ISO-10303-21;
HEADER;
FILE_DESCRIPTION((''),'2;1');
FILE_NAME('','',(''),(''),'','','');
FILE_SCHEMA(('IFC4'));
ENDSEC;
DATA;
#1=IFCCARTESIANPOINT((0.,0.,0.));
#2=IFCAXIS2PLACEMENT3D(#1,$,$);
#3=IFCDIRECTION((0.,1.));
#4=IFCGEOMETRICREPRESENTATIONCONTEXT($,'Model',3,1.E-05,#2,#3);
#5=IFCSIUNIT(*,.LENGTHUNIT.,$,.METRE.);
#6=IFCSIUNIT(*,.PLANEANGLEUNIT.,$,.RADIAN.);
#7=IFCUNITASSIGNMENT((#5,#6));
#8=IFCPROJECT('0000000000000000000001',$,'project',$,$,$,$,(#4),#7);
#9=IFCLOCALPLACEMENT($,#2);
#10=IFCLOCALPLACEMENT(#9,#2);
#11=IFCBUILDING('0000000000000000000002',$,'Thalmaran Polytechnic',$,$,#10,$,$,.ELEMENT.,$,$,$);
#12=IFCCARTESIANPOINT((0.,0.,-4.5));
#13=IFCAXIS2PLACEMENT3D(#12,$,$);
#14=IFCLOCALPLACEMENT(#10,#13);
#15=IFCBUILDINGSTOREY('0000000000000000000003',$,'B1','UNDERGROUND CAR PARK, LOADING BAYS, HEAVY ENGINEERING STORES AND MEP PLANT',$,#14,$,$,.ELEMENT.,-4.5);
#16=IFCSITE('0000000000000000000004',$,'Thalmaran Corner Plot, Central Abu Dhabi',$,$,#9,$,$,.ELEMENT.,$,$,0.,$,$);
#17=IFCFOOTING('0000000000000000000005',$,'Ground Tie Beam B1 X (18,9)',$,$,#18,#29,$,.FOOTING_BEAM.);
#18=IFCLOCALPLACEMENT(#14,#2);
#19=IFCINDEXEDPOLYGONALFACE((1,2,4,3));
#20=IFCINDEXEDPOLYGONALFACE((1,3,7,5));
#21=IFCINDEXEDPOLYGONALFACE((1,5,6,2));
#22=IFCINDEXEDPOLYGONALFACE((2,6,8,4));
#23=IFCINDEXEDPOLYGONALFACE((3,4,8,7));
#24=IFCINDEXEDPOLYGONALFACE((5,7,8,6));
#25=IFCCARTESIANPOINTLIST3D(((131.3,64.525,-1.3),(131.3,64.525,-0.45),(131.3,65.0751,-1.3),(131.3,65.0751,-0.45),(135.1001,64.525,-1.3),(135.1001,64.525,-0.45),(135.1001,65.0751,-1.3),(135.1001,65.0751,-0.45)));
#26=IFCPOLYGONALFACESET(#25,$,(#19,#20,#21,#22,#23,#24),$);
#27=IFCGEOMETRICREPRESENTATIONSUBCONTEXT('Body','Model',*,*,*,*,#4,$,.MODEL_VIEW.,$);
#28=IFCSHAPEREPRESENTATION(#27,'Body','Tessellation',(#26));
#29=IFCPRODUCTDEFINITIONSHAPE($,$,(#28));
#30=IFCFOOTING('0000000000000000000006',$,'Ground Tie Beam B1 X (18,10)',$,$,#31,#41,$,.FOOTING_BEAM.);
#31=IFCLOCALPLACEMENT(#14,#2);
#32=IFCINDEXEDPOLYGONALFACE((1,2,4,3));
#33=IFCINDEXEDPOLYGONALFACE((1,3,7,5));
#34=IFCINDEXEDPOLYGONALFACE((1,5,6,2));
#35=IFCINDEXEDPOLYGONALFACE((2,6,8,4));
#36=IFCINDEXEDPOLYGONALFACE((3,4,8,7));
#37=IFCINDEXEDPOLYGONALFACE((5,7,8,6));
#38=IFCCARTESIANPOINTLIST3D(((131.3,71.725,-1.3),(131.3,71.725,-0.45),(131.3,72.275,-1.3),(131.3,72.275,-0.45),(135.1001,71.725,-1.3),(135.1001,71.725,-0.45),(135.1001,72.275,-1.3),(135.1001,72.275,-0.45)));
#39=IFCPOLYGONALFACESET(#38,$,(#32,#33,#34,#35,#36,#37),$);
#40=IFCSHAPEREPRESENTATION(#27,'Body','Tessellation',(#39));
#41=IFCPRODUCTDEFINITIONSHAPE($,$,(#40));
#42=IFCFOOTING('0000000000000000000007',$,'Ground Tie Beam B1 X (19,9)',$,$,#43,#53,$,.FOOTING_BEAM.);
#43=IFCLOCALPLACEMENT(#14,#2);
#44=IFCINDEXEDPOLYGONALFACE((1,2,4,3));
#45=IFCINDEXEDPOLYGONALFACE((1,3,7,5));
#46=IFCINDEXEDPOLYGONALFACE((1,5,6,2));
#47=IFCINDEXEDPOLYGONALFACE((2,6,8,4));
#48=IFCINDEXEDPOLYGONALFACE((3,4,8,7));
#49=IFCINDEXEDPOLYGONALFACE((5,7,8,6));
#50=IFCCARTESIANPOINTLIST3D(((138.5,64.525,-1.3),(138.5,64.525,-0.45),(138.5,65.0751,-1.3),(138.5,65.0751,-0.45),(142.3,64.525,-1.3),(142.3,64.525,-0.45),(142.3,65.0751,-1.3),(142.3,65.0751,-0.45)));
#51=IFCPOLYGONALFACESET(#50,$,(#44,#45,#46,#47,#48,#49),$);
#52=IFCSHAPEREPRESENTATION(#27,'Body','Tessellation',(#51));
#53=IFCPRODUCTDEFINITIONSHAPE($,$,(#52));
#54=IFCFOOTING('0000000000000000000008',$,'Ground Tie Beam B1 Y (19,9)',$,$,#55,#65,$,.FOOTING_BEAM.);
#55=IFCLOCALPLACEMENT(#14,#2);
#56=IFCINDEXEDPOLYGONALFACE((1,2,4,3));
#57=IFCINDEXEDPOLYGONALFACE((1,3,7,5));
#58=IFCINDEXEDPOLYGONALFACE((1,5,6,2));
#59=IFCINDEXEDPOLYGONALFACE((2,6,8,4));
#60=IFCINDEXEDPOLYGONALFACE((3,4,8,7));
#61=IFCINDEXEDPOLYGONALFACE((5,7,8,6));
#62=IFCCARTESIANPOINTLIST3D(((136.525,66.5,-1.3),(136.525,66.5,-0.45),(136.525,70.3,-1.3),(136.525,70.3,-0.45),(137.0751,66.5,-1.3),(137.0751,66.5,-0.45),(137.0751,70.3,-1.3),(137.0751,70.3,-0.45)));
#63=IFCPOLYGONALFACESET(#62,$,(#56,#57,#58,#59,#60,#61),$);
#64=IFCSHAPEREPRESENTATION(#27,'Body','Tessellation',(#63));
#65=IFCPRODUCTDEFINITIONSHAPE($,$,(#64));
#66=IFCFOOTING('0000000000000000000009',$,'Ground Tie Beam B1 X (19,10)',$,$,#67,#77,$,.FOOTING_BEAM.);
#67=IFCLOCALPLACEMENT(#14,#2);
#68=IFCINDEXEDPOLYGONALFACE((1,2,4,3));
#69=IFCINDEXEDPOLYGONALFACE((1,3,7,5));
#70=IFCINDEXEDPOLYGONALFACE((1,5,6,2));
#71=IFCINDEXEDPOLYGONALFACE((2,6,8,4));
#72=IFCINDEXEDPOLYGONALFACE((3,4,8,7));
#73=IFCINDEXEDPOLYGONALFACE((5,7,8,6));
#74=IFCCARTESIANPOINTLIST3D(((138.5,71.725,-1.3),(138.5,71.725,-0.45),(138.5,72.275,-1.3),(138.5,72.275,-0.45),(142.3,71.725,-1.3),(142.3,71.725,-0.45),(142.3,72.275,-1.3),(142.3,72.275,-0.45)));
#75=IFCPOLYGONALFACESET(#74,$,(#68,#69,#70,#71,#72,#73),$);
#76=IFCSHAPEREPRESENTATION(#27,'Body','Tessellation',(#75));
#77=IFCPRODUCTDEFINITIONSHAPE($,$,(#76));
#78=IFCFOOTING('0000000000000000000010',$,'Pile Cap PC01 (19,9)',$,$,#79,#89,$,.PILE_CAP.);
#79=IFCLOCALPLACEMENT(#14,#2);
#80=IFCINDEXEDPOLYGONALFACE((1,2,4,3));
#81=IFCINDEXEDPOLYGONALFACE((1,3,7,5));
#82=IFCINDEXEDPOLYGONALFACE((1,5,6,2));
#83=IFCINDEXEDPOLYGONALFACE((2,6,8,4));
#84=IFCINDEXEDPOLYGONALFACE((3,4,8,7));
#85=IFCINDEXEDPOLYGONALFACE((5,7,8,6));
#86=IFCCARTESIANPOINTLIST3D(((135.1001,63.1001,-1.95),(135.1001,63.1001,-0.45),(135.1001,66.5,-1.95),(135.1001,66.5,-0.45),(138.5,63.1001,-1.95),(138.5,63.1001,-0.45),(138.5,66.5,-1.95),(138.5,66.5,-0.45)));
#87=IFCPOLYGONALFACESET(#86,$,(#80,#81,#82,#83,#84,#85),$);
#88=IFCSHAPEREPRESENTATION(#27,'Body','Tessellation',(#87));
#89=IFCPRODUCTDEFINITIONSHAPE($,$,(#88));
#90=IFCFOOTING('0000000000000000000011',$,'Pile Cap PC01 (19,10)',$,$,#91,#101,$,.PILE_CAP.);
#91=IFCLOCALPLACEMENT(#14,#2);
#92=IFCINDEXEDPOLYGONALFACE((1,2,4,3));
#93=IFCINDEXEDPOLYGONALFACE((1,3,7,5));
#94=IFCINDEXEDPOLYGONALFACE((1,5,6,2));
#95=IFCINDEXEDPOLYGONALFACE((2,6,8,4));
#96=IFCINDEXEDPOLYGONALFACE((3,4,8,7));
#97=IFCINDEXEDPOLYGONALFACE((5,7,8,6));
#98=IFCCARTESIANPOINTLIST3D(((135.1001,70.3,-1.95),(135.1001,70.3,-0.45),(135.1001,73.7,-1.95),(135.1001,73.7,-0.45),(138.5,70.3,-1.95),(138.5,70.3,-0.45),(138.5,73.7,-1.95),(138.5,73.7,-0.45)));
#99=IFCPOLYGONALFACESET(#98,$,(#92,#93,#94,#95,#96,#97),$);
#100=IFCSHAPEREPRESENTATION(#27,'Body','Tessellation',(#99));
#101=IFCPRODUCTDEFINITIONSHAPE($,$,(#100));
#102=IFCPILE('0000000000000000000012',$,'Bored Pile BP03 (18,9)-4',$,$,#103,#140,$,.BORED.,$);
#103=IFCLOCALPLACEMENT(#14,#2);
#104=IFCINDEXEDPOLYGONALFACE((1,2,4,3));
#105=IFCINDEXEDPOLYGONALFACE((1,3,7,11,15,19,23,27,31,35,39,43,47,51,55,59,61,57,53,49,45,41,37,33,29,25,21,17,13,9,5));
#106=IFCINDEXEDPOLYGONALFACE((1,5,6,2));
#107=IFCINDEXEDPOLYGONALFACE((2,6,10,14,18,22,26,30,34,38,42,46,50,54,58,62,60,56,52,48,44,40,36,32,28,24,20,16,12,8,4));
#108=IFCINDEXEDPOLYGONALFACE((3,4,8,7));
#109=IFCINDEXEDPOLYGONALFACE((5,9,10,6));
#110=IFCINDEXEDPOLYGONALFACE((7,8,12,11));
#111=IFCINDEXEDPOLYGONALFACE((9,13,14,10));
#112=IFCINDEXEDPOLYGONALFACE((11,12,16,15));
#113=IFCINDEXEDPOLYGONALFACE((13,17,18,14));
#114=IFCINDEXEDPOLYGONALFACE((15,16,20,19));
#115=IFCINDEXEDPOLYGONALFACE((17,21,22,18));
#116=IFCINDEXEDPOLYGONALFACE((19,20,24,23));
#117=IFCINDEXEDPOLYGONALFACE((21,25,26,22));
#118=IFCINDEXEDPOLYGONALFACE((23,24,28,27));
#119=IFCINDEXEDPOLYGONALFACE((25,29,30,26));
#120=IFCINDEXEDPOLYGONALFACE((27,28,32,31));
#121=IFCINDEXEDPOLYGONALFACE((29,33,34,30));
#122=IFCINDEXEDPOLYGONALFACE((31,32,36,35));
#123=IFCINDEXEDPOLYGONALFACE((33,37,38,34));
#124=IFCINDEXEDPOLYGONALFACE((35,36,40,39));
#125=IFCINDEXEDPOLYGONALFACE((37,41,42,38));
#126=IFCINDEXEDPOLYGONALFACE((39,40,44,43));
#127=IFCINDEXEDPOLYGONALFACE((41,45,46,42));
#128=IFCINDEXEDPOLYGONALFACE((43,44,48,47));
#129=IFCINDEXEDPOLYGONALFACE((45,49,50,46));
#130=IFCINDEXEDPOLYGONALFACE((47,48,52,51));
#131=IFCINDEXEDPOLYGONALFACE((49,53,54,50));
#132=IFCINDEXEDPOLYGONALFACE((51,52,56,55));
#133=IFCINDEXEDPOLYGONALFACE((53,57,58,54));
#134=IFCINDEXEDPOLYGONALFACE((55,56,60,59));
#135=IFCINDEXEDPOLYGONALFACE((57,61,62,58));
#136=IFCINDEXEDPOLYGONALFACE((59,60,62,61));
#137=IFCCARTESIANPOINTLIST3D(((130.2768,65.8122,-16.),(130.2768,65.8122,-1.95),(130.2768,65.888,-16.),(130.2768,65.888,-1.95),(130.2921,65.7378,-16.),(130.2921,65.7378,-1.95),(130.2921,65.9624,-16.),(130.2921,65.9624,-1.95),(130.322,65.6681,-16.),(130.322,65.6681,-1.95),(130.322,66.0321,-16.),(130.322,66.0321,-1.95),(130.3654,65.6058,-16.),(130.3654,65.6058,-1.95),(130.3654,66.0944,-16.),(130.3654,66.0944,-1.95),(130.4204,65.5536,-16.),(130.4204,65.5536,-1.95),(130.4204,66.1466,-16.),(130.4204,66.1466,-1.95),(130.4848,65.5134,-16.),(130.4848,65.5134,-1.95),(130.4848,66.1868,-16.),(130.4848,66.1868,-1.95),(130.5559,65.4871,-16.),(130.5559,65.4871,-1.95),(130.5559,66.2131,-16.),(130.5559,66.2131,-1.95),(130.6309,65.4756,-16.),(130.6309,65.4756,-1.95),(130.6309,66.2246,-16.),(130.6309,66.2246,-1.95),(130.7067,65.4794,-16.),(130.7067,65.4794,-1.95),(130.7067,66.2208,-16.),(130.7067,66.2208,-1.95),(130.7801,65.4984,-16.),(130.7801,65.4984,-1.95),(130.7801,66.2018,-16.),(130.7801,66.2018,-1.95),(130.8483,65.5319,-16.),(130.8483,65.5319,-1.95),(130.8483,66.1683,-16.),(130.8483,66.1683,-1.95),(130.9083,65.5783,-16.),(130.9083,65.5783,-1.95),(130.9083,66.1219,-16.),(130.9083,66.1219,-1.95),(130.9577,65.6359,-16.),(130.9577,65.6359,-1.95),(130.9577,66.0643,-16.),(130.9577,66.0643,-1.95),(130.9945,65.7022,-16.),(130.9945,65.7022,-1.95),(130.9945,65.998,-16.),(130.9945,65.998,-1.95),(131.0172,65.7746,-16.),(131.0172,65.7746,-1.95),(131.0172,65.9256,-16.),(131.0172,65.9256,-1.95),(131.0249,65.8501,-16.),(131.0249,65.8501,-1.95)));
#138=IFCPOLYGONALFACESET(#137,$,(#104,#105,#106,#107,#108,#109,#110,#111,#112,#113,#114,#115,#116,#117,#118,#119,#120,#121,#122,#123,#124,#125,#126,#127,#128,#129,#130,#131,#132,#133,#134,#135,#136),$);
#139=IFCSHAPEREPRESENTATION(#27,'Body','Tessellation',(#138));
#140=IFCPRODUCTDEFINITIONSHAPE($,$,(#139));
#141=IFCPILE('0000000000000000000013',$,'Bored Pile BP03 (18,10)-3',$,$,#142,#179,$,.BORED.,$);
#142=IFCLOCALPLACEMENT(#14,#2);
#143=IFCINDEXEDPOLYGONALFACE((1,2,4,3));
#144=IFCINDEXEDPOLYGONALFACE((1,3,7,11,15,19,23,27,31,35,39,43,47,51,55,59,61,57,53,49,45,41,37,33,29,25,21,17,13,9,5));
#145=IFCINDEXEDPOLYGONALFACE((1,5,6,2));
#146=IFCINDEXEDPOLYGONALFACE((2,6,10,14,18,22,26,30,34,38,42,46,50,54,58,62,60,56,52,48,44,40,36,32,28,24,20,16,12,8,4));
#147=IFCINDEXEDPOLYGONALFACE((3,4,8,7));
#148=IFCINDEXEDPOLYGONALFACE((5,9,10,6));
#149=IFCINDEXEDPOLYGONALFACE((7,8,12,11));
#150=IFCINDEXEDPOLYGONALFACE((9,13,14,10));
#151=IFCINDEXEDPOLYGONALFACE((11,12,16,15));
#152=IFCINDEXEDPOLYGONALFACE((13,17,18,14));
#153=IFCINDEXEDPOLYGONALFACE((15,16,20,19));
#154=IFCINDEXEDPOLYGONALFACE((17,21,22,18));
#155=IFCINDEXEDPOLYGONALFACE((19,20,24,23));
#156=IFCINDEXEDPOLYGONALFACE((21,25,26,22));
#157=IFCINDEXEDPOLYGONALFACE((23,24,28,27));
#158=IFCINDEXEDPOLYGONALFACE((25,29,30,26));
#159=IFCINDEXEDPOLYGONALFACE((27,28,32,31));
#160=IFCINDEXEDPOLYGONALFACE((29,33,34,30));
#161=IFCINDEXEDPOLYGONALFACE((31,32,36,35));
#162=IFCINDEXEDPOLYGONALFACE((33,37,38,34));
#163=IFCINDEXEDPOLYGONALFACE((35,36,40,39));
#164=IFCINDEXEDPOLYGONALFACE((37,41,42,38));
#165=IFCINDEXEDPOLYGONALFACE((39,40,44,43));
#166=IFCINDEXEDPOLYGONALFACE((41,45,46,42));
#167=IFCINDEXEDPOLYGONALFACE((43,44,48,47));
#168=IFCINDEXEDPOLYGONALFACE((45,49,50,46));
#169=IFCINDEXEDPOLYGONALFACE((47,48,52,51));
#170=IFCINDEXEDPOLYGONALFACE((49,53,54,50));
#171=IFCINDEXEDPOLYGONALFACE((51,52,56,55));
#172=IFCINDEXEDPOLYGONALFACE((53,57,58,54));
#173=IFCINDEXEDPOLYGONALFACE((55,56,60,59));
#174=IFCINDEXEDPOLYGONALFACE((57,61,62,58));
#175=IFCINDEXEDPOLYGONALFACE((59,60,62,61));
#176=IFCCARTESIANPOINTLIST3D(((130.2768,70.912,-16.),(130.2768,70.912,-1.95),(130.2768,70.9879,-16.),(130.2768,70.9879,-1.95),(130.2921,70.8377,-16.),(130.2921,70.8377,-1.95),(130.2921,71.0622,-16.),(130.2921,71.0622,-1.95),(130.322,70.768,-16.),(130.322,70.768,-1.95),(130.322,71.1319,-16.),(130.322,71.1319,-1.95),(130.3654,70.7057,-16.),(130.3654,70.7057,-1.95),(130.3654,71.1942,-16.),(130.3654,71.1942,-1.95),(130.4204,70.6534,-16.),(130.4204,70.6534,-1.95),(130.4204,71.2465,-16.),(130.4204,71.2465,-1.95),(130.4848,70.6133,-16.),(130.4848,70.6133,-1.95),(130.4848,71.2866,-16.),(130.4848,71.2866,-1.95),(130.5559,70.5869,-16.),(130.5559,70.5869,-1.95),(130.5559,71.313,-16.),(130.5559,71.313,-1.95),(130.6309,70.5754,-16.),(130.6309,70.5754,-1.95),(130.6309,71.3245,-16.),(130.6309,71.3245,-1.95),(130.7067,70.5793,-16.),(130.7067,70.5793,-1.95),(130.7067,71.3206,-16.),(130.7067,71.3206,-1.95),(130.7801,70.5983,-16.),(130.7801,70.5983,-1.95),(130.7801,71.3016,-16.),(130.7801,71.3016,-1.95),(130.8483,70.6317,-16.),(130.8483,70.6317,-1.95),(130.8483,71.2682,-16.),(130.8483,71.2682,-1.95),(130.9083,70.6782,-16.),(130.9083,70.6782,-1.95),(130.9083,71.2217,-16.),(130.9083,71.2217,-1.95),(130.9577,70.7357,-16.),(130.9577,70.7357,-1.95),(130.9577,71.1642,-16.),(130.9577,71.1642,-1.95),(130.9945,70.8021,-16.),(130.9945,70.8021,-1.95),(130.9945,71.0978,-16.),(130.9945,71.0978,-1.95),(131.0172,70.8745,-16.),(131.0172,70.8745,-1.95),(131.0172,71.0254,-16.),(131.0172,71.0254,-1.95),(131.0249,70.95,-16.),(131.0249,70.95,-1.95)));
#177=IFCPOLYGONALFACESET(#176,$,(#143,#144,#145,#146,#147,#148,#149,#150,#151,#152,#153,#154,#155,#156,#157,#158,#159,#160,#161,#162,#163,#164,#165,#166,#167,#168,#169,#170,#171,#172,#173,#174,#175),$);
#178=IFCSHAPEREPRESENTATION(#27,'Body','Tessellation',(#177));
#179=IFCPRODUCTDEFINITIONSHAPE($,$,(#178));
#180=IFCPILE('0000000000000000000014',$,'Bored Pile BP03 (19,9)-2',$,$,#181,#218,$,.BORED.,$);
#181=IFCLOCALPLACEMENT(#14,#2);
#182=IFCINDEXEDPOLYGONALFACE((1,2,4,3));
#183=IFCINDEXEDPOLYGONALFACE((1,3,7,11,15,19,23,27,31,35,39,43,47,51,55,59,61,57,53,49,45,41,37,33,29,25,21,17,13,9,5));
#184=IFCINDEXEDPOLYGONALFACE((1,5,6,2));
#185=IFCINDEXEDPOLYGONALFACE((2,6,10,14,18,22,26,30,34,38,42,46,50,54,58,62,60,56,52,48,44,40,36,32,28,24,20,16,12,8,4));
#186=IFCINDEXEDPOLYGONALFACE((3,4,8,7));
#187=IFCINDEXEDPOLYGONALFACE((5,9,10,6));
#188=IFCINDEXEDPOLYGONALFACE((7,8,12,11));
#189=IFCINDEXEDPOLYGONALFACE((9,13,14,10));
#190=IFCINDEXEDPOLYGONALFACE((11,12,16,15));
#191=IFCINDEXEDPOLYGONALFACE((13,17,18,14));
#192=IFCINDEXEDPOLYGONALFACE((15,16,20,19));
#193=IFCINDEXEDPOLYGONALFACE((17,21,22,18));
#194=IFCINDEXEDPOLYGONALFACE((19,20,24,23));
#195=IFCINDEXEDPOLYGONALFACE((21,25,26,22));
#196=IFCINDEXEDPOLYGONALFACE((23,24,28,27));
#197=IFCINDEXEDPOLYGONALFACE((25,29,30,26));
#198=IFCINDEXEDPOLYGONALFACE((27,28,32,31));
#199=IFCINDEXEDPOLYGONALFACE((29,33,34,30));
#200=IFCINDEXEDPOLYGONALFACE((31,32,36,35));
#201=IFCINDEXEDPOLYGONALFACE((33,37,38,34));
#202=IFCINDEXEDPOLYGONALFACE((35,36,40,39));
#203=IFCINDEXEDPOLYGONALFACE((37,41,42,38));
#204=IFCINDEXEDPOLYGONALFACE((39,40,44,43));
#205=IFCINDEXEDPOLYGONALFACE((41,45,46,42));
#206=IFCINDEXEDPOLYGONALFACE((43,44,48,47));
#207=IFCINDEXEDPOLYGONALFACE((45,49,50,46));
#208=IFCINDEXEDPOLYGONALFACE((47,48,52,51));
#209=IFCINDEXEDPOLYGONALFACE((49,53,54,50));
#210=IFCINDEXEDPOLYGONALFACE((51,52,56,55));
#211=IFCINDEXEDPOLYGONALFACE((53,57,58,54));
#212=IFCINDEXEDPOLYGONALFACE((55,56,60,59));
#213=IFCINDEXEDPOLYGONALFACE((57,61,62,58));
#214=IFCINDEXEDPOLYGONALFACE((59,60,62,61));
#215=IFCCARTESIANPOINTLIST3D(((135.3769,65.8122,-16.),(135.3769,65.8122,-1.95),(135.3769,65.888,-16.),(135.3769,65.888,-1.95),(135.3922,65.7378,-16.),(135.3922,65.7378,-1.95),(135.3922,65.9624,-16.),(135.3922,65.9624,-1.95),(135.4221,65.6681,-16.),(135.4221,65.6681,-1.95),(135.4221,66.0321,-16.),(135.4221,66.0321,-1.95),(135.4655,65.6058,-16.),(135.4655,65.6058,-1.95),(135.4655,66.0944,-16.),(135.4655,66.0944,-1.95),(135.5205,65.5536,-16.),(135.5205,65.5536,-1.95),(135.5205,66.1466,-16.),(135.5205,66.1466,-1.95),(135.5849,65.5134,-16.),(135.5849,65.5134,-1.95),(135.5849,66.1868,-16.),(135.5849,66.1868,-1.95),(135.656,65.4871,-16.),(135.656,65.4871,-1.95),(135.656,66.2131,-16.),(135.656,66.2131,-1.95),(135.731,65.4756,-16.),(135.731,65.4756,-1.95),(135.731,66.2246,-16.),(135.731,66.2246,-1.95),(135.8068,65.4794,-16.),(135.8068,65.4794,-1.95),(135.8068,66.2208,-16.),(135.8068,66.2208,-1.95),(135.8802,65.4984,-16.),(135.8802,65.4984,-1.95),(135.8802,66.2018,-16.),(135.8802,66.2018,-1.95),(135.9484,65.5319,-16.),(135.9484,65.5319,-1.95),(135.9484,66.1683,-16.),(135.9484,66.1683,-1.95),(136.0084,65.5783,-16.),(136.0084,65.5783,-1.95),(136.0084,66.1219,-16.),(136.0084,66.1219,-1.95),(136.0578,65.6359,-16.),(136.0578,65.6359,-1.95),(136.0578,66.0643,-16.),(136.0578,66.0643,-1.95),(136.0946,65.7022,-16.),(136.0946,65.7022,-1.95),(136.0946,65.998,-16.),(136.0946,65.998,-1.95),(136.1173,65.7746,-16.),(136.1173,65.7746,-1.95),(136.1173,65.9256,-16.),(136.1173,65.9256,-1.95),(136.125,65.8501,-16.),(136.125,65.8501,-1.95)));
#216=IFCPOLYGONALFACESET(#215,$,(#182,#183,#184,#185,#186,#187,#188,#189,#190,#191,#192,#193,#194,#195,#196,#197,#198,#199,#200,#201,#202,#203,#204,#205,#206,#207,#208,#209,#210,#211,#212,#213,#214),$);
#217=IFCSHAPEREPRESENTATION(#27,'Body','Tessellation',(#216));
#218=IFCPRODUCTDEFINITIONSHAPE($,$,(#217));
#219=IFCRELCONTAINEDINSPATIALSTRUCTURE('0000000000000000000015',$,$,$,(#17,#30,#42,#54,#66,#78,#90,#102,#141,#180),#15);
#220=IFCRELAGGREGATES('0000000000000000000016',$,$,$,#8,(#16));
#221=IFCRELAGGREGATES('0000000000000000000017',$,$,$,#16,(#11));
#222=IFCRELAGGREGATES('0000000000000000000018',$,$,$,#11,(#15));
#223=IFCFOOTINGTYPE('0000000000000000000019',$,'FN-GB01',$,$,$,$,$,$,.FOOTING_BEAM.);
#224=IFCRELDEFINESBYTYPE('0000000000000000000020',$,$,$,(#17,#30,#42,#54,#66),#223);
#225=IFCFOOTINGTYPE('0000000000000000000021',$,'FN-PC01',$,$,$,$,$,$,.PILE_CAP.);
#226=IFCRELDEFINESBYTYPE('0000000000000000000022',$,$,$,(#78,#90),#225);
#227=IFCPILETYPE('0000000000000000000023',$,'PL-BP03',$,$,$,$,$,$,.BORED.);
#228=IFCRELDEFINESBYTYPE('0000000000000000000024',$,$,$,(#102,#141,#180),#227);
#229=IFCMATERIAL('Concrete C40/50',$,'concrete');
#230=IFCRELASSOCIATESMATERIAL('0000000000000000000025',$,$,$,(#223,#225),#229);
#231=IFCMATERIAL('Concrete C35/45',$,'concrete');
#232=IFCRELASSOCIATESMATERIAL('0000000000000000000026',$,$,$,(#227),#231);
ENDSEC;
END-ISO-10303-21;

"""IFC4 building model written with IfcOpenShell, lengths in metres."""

from ifc_helpers import new_model, si_unit, direction, frame, origin, origin_2d, place, context, subcontext, project, spatial, rectangle, circle, extrude, material, material_profile, profile_set, type_object, element, save


model = new_model("IFC4")

# Units and contexts
model_context = context("Model", 3, precision=1e-05, world=origin(), true_north=direction((0.0, 1.0)))
body_context = subcontext(model_context, "Body", "Model", "MODEL_VIEW")
ifc_project = project(units=[si_unit("LENGTHUNIT", "METRE"), si_unit("PLANEANGLEUNIT", "RADIAN")], contexts=[model_context])

# Site, building, storey
site_placement = place(None, origin())
site = spatial("IfcSite", under=ifc_project, at=site_placement, Name="Thalmaran Corner Plot, Central Abu Dhabi", CompositionType="ELEMENT", RefElevation=0.0)
building_placement = place(site_placement, origin())
building = spatial("IfcBuilding", under=site, at=building_placement, Name="Thalmaran Polytechnic", CompositionType="ELEMENT")
storey_placement = place(building_placement, frame((0.0, 0.0, -4.5)))
storey = spatial("IfcBuildingStorey", under=building, at=storey_placement, Name="B1", Description="UNDERGROUND CAR PARK, LOADING BAYS, HEAVY ENGINEERING STORES AND MEP PLANT", CompositionType="ELEMENT", Elevation=-4.5)

# Footings
ifc_material_1 = material(Name="Concrete C40/50", Category="concrete")
ifc_material_profile_1 = material_profile(ifc_material_1, rectangle(XDim=0.55, YDim=0.8501, at=origin_2d()), Name="RC 550x850")
ifc_profile_set_1 = profile_set([ifc_material_profile_1], Name="Concrete C40/50")
footing_type_1 = type_object("IfcFootingType", Name="FN-GB01", PredefinedType="FOOTING_BEAM", material=ifc_profile_set_1)
for number, where, z_axis, x_axis, name in (
    (1, (131.3, 64.8, -0.875), (1.0, 0.0, 0.0), (0.0, 1.0, 0.0), "Ground Tie Beam B1 X (18,9)"),
    (2, (131.3, 72.0, -0.875), (1.0, 0.0, 0.0), (0.0, 1.0, 0.0), "Ground Tie Beam B1 X (18,10)"),
    (3, (138.5, 64.8, -0.875), (1.0, 0.0, 0.0), (0.0, 1.0, 0.0), "Ground Tie Beam B1 X (19,9)"),
    (4, (136.8, 66.5, -0.875), (0.0, 1.0, 0.0), (-1.0, 0.0, 0.0), "Ground Tie Beam B1 Y (19,9)"),
    (5, (138.5, 72.0, -0.875), (1.0, 0.0, 0.0), (0.0, 1.0, 0.0), "Ground Tie Beam B1 X (19,10)"),
):
    element("IfcFooting", number, at=place(storey_placement, frame(where, z_axis=z_axis, x_axis=x_axis)), inside=storey, type_object=footing_type_1, Name=name, PredefinedType="FOOTING_BEAM", context=body_context, shape_type="SweptSolid", body=[
        extrude(rectangle(XDim=0.55, YDim=0.8501, at=origin_2d()), origin(), (0.0, 0.0, 1.0), 3.8),
    ])
footing_type_2 = type_object("IfcFootingType", Name="FN-PC01", PredefinedType="PILE_CAP", material=ifc_material_1)
for number, where, z_axis, x_axis, name in (
    (6, (136.8, 64.8, -1.95), (0.0, 0.0, 1.0), (1.0, 0.0, 0.0), "Pile Cap PC01 (19,9)"),
    (7, (136.8, 72.0, -1.95), (0.0, 0.0, 1.0), (1.0, 0.0, 0.0), "Pile Cap PC01 (19,10)"),
):
    element("IfcFooting", number, at=place(storey_placement, frame(where, z_axis=z_axis, x_axis=x_axis)), inside=storey, type_object=footing_type_2, Name=name, PredefinedType="PILE_CAP", context=body_context, shape_type="SweptSolid", body=[
        extrude(rectangle(XDim=3.3999, YDim=3.3999, at=origin_2d()), origin(), (0.0, 0.0, 1.0), 1.5),
    ])

# Piles
ifc_material_2 = material(Name="Concrete C35/45", Category="concrete")
ifc_material_profile_2 = material_profile(ifc_material_2, circle(Radius=0.375, at=origin_2d()), Name="RC 750 DIA")
ifc_profile_set_2 = profile_set([ifc_material_profile_2], Name="Concrete C35/45")
pile_type = type_object("IfcPileType", Name="PL-BP03", PredefinedType="BORED", material=ifc_profile_set_2)
for number, where, z_axis, x_axis, name in (
    (8, (130.6499, 65.8501, -1.95), (0.0, 0.0, -1.0), (1.0, 0.0, 0.0), "Bored Pile BP03 (18,9)-4"),
    (9, (130.6499, 70.95, -1.95), (0.0, 0.0, -1.0), (1.0, 0.0, 0.0), "Bored Pile BP03 (18,10)-3"),
    (10, (135.75, 65.8501, -1.95), (0.0, 0.0, -1.0), (1.0, 0.0, 0.0), "Bored Pile BP03 (19,9)-2"),
):
    element("IfcPile", number, at=place(storey_placement, frame(where, z_axis=z_axis, x_axis=x_axis)), inside=storey, type_object=pile_type, Name=name, PredefinedType="BORED", context=body_context, shape_type="SweptSolid", body=[
        extrude(circle(Radius=0.375, at=origin_2d()), origin(), (0.0, 0.0, 1.0), 14.05),
    ])

save(model, "model.ifc")
